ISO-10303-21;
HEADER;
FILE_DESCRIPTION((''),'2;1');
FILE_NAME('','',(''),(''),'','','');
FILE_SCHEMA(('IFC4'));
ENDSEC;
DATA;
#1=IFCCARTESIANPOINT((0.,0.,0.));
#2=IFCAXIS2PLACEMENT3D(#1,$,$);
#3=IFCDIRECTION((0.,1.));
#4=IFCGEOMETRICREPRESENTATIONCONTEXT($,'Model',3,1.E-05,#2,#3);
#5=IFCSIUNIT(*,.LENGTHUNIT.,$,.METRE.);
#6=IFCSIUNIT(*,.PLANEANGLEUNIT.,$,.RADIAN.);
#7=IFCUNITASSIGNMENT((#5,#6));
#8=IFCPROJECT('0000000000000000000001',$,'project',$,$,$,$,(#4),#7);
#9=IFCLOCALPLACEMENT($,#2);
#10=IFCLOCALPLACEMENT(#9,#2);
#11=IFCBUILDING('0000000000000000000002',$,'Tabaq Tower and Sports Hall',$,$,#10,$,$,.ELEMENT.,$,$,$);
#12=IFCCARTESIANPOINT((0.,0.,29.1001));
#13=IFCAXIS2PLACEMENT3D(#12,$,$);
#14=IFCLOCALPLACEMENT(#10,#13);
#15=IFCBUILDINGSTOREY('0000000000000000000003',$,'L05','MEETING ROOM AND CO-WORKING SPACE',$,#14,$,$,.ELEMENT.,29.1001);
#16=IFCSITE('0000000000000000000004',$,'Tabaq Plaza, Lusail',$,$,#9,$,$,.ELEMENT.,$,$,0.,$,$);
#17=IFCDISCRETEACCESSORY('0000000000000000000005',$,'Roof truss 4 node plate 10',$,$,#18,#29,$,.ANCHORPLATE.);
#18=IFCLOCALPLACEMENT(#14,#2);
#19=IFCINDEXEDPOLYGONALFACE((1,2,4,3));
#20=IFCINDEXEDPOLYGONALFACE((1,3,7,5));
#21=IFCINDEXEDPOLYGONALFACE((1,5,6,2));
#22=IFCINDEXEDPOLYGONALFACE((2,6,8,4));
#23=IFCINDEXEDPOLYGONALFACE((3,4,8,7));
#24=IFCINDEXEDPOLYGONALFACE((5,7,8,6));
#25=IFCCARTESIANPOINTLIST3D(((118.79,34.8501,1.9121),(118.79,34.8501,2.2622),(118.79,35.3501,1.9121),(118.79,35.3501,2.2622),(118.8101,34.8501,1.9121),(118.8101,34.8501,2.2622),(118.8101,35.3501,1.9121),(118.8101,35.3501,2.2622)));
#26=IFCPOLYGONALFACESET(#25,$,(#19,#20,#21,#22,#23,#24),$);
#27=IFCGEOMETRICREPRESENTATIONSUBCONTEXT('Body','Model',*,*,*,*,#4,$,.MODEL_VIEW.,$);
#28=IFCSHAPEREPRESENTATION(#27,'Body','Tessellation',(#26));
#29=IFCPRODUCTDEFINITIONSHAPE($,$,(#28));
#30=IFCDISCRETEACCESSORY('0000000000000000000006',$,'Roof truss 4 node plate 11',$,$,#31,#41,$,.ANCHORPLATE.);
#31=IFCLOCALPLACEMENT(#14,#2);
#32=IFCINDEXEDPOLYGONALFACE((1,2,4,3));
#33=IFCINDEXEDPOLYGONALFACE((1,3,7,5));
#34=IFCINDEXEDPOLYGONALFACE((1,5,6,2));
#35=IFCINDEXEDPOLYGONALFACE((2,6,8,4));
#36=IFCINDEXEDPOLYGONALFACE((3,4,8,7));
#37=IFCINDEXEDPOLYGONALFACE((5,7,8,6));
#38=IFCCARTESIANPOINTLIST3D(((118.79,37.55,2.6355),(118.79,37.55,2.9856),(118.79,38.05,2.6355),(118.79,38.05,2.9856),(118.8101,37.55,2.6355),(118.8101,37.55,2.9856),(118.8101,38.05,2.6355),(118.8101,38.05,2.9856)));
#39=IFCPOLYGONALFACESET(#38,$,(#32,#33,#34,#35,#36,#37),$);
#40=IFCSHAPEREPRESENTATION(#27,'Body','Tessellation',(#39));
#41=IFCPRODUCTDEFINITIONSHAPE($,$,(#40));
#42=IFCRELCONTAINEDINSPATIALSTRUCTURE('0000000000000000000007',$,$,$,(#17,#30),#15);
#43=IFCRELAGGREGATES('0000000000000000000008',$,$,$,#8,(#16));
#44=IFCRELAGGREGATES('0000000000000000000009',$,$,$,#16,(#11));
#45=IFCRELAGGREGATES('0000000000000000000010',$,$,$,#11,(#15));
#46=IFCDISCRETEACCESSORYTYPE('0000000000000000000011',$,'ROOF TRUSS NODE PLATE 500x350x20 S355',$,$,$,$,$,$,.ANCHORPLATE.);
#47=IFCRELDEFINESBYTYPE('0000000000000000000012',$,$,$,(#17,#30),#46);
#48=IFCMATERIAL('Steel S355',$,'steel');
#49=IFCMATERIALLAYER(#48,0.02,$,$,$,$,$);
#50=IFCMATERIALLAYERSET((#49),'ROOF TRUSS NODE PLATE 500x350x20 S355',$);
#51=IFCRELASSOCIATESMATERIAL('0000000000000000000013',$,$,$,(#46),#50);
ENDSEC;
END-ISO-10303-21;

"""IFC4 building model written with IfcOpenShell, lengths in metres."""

from ifc_helpers import new_model, si_unit, direction, frame, origin, origin_2d, place, context, subcontext, project, spatial, rectangle, extrude, material, layer, layer_set, type_object, element, save


model = new_model("IFC4")

# Units and contexts
model_context = context("Model", 3, precision=1e-05, world=origin(), true_north=direction((0.0, 1.0)))
body_context = subcontext(model_context, "Body", "Model", "MODEL_VIEW")
ifc_project = project(units=[si_unit("LENGTHUNIT", "METRE"), si_unit("PLANEANGLEUNIT", "RADIAN")], contexts=[model_context])

# Site, building, storey
site_placement = place(None, origin())
site = spatial("IfcSite", under=ifc_project, at=site_placement, Name="Tabaq Plaza, Lusail", CompositionType="ELEMENT", RefElevation=0.0)
building_placement = place(site_placement, origin())
building = spatial("IfcBuilding", under=site, at=building_placement, Name="Tabaq Tower and Sports Hall", CompositionType="ELEMENT")
storey_placement = place(building_placement, frame((0.0, 0.0, 29.1001)))
storey = spatial("IfcBuildingStorey", under=building, at=storey_placement, Name="L05", Description="MEETING ROOM AND CO-WORKING SPACE", CompositionType="ELEMENT", Elevation=29.1001)

# Discrete accessories
ifc_material_1 = material(Name="Steel S355", Category="steel")
ifc_layer_1 = layer(ifc_material_1, 0.02)
ifc_layer_set_1 = layer_set([ifc_layer_1], Name="ROOF TRUSS NODE PLATE 500x350x20 S355")
discrete_accessory_type_1 = type_object("IfcDiscreteAccessoryType", Name="ROOF TRUSS NODE PLATE 500x350x20 S355", PredefinedType="ANCHORPLATE", material=ifc_layer_set_1)
for number, where, z_axis, x_axis, name in (
    (1, (118.8, 35.1001, 1.9121), (0.0, 0.0, 1.0), (1.0, 0.0, 0.0), "Roof truss 4 node plate 10"),
    (2, (118.8, 37.8, 2.6355), (0.0, 0.0, 1.0), (1.0, 0.0, 0.0), "Roof truss 4 node plate 11"),
):
    element("IfcDiscreteAccessory", number, at=place(storey_placement, frame(where, z_axis=z_axis, x_axis=x_axis)), inside=storey, type_object=discrete_accessory_type_1, Name=name, PredefinedType="ANCHORPLATE", context=body_context, shape_type="SweptSolid", body=[
        extrude(rectangle(XDim=0.02, YDim=0.5, at=origin_2d()), origin(), (0.0, 0.0, 1.0), 0.3501),
    ])

save(model, "model.ifc")
